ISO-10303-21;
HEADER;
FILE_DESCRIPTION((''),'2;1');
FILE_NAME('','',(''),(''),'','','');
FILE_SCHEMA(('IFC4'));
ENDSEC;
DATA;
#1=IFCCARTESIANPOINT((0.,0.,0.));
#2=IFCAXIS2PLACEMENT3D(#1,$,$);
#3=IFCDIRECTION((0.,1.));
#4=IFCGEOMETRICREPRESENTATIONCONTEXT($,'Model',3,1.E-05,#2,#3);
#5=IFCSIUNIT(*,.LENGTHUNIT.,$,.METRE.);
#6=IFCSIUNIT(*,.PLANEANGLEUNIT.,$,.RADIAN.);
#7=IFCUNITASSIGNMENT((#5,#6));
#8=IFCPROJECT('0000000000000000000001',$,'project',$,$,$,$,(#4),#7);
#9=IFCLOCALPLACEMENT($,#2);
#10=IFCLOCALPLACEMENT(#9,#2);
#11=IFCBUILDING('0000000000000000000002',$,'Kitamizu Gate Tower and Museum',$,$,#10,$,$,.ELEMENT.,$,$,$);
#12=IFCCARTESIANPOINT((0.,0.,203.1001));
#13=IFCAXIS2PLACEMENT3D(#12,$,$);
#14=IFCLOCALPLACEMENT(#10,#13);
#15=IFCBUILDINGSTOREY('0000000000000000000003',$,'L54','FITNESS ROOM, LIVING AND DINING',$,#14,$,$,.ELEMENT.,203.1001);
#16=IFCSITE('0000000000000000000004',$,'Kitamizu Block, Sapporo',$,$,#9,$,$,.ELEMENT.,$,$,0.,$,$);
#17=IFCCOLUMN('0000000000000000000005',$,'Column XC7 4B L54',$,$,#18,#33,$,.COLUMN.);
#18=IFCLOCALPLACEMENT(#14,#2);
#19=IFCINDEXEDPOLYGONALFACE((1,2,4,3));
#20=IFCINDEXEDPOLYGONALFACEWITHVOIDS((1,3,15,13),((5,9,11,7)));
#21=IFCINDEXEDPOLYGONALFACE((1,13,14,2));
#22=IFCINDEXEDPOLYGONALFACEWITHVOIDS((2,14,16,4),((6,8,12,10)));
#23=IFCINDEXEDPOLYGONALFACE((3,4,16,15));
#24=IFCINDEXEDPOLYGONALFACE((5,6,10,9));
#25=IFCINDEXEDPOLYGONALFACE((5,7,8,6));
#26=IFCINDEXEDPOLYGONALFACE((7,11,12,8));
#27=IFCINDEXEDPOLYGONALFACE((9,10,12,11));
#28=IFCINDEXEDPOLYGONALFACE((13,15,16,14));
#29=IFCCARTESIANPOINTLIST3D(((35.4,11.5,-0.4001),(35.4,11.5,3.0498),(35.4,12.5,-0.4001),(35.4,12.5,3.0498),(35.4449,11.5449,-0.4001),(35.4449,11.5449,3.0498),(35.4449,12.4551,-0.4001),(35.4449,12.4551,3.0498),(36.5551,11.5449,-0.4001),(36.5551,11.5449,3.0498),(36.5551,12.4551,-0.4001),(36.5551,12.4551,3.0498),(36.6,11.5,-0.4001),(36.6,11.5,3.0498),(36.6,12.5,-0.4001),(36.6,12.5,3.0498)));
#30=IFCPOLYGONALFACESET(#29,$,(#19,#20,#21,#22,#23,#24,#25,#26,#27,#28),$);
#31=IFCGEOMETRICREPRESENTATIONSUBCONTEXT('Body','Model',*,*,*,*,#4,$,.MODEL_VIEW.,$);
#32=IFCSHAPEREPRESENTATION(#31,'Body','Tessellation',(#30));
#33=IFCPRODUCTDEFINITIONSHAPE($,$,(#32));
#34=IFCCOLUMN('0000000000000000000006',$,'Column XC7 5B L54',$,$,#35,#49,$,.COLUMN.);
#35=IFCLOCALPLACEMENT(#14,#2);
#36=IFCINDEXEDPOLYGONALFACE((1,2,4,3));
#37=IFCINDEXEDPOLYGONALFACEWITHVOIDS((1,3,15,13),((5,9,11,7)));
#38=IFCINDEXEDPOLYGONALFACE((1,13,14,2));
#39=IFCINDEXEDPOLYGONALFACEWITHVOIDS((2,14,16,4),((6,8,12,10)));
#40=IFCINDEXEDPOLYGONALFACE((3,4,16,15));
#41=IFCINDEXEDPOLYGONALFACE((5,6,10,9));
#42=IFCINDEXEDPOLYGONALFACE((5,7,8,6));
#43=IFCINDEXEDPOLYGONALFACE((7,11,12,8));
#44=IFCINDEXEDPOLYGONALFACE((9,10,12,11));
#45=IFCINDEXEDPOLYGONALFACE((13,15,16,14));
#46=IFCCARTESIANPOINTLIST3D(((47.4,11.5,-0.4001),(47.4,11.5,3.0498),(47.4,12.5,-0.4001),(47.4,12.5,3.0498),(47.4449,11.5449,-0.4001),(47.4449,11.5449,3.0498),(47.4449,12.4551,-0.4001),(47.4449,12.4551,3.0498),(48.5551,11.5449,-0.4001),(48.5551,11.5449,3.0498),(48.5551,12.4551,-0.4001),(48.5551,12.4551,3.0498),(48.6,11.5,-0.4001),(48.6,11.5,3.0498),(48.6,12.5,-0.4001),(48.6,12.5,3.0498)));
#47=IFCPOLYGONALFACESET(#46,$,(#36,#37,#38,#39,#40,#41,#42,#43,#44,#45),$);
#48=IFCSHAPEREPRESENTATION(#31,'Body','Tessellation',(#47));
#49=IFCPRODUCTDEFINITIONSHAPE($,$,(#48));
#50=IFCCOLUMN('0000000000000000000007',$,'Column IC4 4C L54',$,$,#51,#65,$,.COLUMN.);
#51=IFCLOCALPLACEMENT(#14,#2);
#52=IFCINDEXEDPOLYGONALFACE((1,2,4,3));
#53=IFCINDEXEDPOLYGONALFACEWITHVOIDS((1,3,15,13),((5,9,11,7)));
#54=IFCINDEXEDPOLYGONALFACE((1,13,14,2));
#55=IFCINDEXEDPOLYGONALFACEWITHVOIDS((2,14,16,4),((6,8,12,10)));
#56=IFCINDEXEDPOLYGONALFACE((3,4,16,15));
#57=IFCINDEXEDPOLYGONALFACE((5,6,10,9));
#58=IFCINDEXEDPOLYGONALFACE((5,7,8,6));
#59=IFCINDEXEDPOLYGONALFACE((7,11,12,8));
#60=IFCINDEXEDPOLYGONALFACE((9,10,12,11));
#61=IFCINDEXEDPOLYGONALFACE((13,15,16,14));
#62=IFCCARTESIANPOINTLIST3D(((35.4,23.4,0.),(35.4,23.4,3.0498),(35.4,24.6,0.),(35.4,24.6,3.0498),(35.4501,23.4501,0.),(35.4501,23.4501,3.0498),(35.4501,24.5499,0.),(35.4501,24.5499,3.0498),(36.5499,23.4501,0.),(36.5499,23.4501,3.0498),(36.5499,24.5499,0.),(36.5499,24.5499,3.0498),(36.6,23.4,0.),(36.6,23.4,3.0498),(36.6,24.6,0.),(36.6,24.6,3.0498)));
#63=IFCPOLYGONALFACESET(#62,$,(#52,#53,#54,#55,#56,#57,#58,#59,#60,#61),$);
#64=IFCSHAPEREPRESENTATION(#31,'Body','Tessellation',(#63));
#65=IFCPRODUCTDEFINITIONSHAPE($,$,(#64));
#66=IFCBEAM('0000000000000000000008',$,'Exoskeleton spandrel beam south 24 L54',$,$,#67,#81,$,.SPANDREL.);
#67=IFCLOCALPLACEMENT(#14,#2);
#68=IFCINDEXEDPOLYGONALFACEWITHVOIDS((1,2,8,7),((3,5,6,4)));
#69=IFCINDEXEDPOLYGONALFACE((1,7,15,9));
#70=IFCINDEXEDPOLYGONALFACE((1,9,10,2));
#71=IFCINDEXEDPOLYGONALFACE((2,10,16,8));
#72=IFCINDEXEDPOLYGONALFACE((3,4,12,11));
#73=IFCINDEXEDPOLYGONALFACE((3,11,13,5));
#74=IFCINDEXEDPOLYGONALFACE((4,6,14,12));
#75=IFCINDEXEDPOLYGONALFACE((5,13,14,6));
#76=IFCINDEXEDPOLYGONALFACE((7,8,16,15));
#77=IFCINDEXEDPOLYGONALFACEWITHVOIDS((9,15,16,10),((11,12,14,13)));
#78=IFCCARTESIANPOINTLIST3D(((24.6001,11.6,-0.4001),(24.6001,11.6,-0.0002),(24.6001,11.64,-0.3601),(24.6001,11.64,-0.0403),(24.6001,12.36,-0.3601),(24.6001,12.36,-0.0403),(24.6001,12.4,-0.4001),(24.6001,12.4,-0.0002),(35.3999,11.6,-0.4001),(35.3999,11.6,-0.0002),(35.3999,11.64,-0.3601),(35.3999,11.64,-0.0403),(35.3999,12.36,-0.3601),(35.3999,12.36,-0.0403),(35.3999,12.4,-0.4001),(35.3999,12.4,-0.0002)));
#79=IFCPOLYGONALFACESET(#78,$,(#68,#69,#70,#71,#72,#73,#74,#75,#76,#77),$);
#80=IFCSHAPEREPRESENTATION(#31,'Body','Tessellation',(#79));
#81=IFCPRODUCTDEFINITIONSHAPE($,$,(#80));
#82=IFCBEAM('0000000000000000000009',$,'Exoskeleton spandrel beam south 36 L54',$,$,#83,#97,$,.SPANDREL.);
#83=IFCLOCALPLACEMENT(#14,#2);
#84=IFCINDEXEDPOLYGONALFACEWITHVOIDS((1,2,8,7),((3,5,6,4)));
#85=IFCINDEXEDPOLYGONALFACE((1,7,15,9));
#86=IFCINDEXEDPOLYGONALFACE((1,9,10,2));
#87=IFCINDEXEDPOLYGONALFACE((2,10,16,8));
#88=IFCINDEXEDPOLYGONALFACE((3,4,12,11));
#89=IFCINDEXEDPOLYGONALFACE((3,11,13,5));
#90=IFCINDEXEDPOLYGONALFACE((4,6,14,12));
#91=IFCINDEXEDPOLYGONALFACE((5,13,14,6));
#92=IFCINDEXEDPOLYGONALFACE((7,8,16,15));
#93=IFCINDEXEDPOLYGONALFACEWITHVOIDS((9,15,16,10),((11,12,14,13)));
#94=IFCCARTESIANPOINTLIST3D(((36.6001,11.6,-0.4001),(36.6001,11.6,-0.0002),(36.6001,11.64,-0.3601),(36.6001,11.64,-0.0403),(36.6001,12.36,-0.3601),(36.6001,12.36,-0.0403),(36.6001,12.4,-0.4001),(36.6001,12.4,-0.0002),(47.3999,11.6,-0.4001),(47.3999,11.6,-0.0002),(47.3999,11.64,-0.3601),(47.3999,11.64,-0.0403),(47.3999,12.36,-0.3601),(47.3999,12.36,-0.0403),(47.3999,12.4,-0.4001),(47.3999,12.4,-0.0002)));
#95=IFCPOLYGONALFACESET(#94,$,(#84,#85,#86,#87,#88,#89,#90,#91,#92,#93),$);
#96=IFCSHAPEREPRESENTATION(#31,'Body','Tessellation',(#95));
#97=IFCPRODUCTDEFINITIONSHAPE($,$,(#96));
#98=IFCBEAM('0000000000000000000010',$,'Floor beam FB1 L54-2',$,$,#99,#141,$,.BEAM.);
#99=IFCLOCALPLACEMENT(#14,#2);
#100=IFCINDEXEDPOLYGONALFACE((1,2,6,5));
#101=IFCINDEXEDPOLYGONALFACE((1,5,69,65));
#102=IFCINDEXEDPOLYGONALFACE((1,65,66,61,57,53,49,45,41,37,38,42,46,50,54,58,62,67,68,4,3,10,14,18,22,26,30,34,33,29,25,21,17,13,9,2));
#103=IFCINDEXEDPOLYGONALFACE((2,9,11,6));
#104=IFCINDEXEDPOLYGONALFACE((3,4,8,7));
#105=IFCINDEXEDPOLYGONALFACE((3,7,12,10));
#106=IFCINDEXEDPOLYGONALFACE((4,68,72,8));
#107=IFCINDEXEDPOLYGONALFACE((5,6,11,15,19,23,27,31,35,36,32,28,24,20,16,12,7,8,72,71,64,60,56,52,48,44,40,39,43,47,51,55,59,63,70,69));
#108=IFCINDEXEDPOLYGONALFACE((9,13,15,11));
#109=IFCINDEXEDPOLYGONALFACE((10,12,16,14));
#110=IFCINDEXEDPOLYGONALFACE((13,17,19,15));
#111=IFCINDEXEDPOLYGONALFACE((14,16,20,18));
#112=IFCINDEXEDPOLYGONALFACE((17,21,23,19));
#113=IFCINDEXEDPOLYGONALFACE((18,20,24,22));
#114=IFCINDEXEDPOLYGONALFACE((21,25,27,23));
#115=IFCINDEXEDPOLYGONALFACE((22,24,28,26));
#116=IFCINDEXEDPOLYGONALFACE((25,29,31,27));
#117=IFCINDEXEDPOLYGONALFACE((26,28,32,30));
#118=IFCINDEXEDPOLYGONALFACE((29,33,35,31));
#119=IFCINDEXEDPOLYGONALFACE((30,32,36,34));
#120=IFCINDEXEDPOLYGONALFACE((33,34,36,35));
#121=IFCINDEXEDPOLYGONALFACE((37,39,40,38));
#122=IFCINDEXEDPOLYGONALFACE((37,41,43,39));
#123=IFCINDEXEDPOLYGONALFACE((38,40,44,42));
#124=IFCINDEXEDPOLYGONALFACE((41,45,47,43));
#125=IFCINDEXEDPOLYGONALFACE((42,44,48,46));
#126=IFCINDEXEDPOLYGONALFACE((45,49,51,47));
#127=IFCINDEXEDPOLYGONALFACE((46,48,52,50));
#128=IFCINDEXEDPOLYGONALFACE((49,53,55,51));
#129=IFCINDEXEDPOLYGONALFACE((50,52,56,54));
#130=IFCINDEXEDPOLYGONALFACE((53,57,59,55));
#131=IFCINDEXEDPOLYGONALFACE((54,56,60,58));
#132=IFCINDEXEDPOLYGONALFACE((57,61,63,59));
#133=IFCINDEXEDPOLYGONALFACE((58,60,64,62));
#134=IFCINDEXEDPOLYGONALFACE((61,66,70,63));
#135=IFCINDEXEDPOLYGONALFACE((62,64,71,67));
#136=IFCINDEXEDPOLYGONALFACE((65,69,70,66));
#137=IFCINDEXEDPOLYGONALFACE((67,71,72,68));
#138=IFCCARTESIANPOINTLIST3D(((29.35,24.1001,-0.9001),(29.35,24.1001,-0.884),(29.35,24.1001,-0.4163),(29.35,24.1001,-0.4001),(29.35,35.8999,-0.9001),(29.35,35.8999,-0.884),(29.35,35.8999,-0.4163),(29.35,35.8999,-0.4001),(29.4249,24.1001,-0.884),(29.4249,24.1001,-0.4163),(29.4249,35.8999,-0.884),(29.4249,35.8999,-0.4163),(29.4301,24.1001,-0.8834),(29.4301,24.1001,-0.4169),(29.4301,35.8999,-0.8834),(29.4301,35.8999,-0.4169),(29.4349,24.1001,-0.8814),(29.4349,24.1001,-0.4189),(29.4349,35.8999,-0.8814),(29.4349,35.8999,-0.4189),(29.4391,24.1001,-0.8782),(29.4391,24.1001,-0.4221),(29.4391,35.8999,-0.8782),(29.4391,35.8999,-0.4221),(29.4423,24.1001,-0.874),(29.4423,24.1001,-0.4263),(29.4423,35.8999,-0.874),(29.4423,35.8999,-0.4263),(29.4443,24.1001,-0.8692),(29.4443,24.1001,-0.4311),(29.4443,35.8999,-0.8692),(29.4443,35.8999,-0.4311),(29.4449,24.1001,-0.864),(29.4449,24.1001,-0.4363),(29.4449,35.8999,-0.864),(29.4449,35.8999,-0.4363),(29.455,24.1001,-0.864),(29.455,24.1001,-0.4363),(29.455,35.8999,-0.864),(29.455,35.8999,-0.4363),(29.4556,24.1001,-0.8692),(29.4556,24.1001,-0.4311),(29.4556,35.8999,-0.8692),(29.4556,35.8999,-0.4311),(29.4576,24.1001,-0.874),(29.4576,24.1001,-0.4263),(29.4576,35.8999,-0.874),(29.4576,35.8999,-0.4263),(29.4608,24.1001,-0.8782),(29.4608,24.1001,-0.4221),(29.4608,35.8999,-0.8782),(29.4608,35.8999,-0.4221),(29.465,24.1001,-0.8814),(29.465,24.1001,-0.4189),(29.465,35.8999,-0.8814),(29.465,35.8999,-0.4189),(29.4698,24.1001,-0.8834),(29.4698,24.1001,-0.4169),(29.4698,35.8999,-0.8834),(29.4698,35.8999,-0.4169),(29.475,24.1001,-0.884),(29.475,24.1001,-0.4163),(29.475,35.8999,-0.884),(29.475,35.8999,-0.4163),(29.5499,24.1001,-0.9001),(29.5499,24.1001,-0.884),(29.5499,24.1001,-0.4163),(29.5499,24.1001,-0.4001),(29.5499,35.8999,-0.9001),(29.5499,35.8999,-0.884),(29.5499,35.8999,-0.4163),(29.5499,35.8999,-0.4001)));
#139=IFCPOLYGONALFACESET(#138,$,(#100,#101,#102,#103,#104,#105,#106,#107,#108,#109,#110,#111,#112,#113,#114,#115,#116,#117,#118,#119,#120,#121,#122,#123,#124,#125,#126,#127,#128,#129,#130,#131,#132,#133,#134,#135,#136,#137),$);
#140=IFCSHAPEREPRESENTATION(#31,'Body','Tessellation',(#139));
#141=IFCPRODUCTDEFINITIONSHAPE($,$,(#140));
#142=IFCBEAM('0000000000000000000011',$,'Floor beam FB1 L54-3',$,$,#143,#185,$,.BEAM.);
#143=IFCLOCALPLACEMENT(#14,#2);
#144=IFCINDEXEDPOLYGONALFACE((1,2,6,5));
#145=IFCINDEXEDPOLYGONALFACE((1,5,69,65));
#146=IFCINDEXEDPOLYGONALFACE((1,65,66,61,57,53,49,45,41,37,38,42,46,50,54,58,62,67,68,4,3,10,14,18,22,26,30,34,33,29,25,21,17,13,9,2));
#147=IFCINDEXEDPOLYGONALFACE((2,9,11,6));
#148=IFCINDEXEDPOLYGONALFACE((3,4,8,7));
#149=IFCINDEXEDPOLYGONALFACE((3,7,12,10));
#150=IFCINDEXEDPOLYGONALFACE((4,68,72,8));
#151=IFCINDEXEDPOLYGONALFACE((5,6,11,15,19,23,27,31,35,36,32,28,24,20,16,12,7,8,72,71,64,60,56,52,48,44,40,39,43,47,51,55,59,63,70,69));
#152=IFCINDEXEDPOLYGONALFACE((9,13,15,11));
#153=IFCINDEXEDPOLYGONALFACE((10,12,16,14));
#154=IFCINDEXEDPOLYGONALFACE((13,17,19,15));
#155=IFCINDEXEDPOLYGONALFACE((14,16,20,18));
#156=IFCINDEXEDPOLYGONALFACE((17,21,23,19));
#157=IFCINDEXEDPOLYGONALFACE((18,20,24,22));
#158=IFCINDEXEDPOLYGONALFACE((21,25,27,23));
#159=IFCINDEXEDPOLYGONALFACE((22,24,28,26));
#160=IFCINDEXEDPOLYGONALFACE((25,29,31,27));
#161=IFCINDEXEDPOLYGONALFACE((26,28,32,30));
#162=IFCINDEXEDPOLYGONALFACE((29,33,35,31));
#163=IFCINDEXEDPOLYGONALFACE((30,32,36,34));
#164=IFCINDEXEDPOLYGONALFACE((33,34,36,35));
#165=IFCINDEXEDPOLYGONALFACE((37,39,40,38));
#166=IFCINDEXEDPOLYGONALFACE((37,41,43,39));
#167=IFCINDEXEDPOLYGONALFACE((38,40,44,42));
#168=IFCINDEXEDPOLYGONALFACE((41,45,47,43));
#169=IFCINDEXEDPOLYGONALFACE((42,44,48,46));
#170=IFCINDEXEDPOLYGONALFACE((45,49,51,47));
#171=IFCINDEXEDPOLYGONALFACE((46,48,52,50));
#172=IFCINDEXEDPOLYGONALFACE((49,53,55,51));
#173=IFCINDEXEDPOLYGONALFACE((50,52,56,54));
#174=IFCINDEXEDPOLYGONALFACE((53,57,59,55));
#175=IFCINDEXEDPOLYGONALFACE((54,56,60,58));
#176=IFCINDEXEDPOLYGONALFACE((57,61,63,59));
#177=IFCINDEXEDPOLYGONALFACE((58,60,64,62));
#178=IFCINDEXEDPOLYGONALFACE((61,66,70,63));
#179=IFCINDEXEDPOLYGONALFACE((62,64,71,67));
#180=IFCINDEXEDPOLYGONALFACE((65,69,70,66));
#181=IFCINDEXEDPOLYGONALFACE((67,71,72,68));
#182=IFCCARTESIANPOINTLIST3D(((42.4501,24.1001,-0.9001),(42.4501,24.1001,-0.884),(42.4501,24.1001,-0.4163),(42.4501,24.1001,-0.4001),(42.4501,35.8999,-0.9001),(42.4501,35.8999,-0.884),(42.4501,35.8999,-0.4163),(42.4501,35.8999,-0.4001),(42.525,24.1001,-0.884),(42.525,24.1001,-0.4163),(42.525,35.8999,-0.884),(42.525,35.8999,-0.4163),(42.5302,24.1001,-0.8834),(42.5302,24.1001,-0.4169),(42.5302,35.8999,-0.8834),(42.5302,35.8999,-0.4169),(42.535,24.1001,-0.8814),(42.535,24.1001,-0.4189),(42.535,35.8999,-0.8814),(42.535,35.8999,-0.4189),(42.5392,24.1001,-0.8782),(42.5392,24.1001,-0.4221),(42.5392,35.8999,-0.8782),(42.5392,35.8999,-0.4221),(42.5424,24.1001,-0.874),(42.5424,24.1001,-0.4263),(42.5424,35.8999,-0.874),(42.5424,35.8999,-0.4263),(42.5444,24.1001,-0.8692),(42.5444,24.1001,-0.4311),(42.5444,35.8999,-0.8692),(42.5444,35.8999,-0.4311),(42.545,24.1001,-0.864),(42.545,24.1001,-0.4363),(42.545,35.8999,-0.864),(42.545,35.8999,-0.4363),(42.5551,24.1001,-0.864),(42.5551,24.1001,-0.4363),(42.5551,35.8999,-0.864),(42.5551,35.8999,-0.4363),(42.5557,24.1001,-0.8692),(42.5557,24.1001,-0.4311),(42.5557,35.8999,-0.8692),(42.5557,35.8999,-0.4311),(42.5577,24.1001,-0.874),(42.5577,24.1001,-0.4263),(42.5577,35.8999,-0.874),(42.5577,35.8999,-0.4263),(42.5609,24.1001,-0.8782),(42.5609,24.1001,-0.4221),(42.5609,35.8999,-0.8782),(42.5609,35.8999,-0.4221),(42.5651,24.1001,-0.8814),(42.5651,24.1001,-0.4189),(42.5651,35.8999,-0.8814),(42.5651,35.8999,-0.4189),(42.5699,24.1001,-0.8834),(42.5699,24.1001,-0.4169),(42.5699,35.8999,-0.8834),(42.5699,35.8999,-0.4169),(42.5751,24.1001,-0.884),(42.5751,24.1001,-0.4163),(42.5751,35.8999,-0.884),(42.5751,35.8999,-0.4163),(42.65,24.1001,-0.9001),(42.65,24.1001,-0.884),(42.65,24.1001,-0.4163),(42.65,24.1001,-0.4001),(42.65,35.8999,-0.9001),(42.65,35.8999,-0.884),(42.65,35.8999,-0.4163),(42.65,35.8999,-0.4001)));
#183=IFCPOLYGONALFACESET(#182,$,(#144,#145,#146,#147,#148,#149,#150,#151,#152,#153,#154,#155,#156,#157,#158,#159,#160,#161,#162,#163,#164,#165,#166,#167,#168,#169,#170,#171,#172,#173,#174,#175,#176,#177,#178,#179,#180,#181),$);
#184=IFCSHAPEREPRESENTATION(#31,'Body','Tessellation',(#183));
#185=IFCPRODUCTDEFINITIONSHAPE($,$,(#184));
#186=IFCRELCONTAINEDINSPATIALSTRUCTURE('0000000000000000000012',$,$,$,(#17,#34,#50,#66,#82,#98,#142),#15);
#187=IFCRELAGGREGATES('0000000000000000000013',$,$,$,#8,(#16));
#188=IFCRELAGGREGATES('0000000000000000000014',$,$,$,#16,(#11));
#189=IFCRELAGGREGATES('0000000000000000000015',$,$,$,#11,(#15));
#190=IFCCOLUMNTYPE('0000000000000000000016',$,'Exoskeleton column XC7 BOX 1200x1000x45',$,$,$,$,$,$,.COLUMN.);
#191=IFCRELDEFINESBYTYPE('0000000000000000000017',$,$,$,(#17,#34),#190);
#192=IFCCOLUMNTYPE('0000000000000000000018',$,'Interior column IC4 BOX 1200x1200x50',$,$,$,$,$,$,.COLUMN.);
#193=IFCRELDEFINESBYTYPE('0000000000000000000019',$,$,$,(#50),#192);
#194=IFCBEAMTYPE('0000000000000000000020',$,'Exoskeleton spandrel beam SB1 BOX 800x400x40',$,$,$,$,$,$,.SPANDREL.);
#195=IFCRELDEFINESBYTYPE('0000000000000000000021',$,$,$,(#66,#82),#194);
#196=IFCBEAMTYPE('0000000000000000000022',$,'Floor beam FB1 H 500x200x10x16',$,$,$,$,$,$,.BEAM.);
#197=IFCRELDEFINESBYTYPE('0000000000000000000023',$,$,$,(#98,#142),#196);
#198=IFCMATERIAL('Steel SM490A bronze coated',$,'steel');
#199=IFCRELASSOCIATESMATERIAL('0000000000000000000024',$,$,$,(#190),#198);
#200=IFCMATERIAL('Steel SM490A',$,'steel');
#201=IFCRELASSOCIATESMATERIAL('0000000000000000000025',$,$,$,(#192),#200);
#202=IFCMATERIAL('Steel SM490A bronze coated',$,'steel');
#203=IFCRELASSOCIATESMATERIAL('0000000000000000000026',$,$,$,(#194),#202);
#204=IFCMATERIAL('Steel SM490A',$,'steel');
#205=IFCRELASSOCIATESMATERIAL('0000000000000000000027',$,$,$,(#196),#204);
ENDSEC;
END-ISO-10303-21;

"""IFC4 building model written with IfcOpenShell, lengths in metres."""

from ifc_helpers import new_model, si_unit, direction, frame, origin, origin_2d, place, context, subcontext, project, spatial, hollow_rectangle, i_section, extrude, material, material_profile, profile_set, type_object, element, save


model = new_model("IFC4")

# Units and contexts
model_context = context("Model", 3, precision=1e-05, world=origin(), true_north=direction((0.0, 1.0)))
body_context = subcontext(model_context, "Body", "Model", "MODEL_VIEW")
ifc_project = project(units=[si_unit("LENGTHUNIT", "METRE"), si_unit("PLANEANGLEUNIT", "RADIAN")], contexts=[model_context])

# Site, building, storey
site_placement = place(None, origin())
site = spatial("IfcSite", under=ifc_project, at=site_placement, Name="Kitamizu Block, Sapporo", CompositionType="ELEMENT", RefElevation=0.0)
building_placement = place(site_placement, origin())
building = spatial("IfcBuilding", under=site, at=building_placement, Name="Kitamizu Gate Tower and Museum", CompositionType="ELEMENT")
storey_placement = place(building_placement, frame((0.0, 0.0, 203.1001)))
storey = spatial("IfcBuildingStorey", under=building, at=storey_placement, Name="L54", Description="FITNESS ROOM, LIVING AND DINING", CompositionType="ELEMENT", Elevation=203.1001)

# Columns
ifc_material_1 = material(Name="Steel SM490A bronze coated", Category="steel")
ifc_material_profile_1 = material_profile(ifc_material_1, hollow_rectangle(XDim=1.2, YDim=1.0, WallThickness=0.0449, at=origin_2d()), Name="BOX 1200x1000x45")
ifc_profile_set_1 = profile_set([ifc_material_profile_1], Name="Steel SM490A bronze coated")
column_type_1 = type_object("IfcColumnType", Name="Exoskeleton column XC7 BOX 1200x1000x45", PredefinedType="COLUMN", material=ifc_profile_set_1)
for number, where, z_axis, x_axis, name in (
    (1, (36.0, 12.0, -0.4001), (0.0, 0.0, 1.0), (1.0, 0.0, 0.0), "Column XC7 4B L54"),
    (2, (48.0, 12.0, -0.4001), (0.0, 0.0, 1.0), (1.0, 0.0, 0.0), "Column XC7 5B L54"),
):
    element("IfcColumn", number, at=place(storey_placement, frame(where, z_axis=z_axis, x_axis=x_axis)), inside=storey, type_object=column_type_1, Name=name, PredefinedType="COLUMN", context=body_context, shape_type="SweptSolid", body=[
        extrude(hollow_rectangle(XDim=1.2, YDim=1.0, WallThickness=0.0449, at=origin_2d()), origin(), (0.0, 0.0, 1.0), 3.45),
    ])
ifc_material_2 = material(Name="Steel SM490A", Category="steel")
ifc_material_profile_2 = material_profile(ifc_material_2, hollow_rectangle(XDim=1.2, YDim=1.2, WallThickness=0.05, at=origin_2d()), Name="BOX 1200x1200x50")
ifc_profile_set_2 = profile_set([ifc_material_profile_2], Name="Steel SM490A")
column_type_2 = type_object("IfcColumnType", Name="Interior column IC4 BOX 1200x1200x50", PredefinedType="COLUMN", material=ifc_profile_set_2)
column_placement = place(storey_placement, frame((36.0, 24.0, 0.0), z_axis=(0.0, 0.0, 1.0), x_axis=(1.0, 0.0, 0.0)))
element("IfcColumn", 3, at=column_placement, inside=storey, type_object=column_type_2, Name="Column IC4 4C L54", PredefinedType="COLUMN", context=body_context, shape_type="SweptSolid", body=[
    extrude(hollow_rectangle(XDim=1.2, YDim=1.2, WallThickness=0.05, at=origin_2d()), origin(), (0.0, 0.0, 1.0), 3.0498),
])

# Beams
ifc_material_3 = material(Name="Steel SM490A bronze coated", Category="steel")
ifc_material_profile_3 = material_profile(ifc_material_3, hollow_rectangle(XDim=0.8, YDim=0.3999, WallThickness=0.04, at=origin_2d()), Name="BOX 800x400x40")
ifc_profile_set_3 = profile_set([ifc_material_profile_3], Name="Steel SM490A bronze coated")
beam_type_1 = type_object("IfcBeamType", Name="Exoskeleton spandrel beam SB1 BOX 800x400x40", PredefinedType="SPANDREL", material=ifc_profile_set_3)
for number, where, z_axis, x_axis, name in (
    (4, (24.6001, 12.0, -0.2002), (1.0, 0.0, 0.0), (0.0, 1.0, 0.0), "Exoskeleton spandrel beam south 24 L54"),
    (5, (36.6001, 12.0, -0.2002), (1.0, 0.0, 0.0), (0.0, 1.0, 0.0), "Exoskeleton spandrel beam south 36 L54"),
):
    element("IfcBeam", number, at=place(storey_placement, frame(where, z_axis=z_axis, x_axis=x_axis)), inside=storey, type_object=beam_type_1, Name=name, PredefinedType="SPANDREL", context=body_context, shape_type="SweptSolid", body=[
        extrude(hollow_rectangle(XDim=0.8, YDim=0.3999, WallThickness=0.04, at=origin_2d()), origin(), (0.0, 0.0, 1.0), 10.7998),
    ])
ifc_material_4 = material(Name="Steel SM490A", Category="steel")
ifc_material_profile_4 = material_profile(ifc_material_4, i_section(OverallWidth=0.2, OverallDepth=0.5, WebThickness=0.01, FlangeThickness=0.0161, FilletRadius=0.02, at=origin_2d()), Name="H-500x200x10x16")
ifc_profile_set_4 = profile_set([ifc_material_profile_4], Name="Steel SM490A")
beam_type_2 = type_object("IfcBeamType", Name="Floor beam FB1 H 500x200x10x16", PredefinedType="BEAM", material=ifc_profile_set_4)
for number, where, z_axis, x_axis, name in (
    (6, (29.45, 24.1001, -0.6501), (0.0, 1.0, 0.0), (-1.0, 0.0, 0.0), "Floor beam FB1 L54-2"),
    (7, (42.55, 24.1001, -0.6501), (0.0, 1.0, 0.0), (-1.0, 0.0, 0.0), "Floor beam FB1 L54-3"),
):
    element("IfcBeam", number, at=place(storey_placement, frame(where, z_axis=z_axis, x_axis=x_axis)), inside=storey, type_object=beam_type_2, Name=name, PredefinedType="BEAM", context=body_context, shape_type="SweptSolid", body=[
        extrude(i_section(OverallWidth=0.2, OverallDepth=0.5, WebThickness=0.01, FlangeThickness=0.0161, FilletRadius=0.02, at=origin_2d()), origin(), (0.0, 0.0, 1.0), 11.7998),
    ])

save(model, "model.ifc")
